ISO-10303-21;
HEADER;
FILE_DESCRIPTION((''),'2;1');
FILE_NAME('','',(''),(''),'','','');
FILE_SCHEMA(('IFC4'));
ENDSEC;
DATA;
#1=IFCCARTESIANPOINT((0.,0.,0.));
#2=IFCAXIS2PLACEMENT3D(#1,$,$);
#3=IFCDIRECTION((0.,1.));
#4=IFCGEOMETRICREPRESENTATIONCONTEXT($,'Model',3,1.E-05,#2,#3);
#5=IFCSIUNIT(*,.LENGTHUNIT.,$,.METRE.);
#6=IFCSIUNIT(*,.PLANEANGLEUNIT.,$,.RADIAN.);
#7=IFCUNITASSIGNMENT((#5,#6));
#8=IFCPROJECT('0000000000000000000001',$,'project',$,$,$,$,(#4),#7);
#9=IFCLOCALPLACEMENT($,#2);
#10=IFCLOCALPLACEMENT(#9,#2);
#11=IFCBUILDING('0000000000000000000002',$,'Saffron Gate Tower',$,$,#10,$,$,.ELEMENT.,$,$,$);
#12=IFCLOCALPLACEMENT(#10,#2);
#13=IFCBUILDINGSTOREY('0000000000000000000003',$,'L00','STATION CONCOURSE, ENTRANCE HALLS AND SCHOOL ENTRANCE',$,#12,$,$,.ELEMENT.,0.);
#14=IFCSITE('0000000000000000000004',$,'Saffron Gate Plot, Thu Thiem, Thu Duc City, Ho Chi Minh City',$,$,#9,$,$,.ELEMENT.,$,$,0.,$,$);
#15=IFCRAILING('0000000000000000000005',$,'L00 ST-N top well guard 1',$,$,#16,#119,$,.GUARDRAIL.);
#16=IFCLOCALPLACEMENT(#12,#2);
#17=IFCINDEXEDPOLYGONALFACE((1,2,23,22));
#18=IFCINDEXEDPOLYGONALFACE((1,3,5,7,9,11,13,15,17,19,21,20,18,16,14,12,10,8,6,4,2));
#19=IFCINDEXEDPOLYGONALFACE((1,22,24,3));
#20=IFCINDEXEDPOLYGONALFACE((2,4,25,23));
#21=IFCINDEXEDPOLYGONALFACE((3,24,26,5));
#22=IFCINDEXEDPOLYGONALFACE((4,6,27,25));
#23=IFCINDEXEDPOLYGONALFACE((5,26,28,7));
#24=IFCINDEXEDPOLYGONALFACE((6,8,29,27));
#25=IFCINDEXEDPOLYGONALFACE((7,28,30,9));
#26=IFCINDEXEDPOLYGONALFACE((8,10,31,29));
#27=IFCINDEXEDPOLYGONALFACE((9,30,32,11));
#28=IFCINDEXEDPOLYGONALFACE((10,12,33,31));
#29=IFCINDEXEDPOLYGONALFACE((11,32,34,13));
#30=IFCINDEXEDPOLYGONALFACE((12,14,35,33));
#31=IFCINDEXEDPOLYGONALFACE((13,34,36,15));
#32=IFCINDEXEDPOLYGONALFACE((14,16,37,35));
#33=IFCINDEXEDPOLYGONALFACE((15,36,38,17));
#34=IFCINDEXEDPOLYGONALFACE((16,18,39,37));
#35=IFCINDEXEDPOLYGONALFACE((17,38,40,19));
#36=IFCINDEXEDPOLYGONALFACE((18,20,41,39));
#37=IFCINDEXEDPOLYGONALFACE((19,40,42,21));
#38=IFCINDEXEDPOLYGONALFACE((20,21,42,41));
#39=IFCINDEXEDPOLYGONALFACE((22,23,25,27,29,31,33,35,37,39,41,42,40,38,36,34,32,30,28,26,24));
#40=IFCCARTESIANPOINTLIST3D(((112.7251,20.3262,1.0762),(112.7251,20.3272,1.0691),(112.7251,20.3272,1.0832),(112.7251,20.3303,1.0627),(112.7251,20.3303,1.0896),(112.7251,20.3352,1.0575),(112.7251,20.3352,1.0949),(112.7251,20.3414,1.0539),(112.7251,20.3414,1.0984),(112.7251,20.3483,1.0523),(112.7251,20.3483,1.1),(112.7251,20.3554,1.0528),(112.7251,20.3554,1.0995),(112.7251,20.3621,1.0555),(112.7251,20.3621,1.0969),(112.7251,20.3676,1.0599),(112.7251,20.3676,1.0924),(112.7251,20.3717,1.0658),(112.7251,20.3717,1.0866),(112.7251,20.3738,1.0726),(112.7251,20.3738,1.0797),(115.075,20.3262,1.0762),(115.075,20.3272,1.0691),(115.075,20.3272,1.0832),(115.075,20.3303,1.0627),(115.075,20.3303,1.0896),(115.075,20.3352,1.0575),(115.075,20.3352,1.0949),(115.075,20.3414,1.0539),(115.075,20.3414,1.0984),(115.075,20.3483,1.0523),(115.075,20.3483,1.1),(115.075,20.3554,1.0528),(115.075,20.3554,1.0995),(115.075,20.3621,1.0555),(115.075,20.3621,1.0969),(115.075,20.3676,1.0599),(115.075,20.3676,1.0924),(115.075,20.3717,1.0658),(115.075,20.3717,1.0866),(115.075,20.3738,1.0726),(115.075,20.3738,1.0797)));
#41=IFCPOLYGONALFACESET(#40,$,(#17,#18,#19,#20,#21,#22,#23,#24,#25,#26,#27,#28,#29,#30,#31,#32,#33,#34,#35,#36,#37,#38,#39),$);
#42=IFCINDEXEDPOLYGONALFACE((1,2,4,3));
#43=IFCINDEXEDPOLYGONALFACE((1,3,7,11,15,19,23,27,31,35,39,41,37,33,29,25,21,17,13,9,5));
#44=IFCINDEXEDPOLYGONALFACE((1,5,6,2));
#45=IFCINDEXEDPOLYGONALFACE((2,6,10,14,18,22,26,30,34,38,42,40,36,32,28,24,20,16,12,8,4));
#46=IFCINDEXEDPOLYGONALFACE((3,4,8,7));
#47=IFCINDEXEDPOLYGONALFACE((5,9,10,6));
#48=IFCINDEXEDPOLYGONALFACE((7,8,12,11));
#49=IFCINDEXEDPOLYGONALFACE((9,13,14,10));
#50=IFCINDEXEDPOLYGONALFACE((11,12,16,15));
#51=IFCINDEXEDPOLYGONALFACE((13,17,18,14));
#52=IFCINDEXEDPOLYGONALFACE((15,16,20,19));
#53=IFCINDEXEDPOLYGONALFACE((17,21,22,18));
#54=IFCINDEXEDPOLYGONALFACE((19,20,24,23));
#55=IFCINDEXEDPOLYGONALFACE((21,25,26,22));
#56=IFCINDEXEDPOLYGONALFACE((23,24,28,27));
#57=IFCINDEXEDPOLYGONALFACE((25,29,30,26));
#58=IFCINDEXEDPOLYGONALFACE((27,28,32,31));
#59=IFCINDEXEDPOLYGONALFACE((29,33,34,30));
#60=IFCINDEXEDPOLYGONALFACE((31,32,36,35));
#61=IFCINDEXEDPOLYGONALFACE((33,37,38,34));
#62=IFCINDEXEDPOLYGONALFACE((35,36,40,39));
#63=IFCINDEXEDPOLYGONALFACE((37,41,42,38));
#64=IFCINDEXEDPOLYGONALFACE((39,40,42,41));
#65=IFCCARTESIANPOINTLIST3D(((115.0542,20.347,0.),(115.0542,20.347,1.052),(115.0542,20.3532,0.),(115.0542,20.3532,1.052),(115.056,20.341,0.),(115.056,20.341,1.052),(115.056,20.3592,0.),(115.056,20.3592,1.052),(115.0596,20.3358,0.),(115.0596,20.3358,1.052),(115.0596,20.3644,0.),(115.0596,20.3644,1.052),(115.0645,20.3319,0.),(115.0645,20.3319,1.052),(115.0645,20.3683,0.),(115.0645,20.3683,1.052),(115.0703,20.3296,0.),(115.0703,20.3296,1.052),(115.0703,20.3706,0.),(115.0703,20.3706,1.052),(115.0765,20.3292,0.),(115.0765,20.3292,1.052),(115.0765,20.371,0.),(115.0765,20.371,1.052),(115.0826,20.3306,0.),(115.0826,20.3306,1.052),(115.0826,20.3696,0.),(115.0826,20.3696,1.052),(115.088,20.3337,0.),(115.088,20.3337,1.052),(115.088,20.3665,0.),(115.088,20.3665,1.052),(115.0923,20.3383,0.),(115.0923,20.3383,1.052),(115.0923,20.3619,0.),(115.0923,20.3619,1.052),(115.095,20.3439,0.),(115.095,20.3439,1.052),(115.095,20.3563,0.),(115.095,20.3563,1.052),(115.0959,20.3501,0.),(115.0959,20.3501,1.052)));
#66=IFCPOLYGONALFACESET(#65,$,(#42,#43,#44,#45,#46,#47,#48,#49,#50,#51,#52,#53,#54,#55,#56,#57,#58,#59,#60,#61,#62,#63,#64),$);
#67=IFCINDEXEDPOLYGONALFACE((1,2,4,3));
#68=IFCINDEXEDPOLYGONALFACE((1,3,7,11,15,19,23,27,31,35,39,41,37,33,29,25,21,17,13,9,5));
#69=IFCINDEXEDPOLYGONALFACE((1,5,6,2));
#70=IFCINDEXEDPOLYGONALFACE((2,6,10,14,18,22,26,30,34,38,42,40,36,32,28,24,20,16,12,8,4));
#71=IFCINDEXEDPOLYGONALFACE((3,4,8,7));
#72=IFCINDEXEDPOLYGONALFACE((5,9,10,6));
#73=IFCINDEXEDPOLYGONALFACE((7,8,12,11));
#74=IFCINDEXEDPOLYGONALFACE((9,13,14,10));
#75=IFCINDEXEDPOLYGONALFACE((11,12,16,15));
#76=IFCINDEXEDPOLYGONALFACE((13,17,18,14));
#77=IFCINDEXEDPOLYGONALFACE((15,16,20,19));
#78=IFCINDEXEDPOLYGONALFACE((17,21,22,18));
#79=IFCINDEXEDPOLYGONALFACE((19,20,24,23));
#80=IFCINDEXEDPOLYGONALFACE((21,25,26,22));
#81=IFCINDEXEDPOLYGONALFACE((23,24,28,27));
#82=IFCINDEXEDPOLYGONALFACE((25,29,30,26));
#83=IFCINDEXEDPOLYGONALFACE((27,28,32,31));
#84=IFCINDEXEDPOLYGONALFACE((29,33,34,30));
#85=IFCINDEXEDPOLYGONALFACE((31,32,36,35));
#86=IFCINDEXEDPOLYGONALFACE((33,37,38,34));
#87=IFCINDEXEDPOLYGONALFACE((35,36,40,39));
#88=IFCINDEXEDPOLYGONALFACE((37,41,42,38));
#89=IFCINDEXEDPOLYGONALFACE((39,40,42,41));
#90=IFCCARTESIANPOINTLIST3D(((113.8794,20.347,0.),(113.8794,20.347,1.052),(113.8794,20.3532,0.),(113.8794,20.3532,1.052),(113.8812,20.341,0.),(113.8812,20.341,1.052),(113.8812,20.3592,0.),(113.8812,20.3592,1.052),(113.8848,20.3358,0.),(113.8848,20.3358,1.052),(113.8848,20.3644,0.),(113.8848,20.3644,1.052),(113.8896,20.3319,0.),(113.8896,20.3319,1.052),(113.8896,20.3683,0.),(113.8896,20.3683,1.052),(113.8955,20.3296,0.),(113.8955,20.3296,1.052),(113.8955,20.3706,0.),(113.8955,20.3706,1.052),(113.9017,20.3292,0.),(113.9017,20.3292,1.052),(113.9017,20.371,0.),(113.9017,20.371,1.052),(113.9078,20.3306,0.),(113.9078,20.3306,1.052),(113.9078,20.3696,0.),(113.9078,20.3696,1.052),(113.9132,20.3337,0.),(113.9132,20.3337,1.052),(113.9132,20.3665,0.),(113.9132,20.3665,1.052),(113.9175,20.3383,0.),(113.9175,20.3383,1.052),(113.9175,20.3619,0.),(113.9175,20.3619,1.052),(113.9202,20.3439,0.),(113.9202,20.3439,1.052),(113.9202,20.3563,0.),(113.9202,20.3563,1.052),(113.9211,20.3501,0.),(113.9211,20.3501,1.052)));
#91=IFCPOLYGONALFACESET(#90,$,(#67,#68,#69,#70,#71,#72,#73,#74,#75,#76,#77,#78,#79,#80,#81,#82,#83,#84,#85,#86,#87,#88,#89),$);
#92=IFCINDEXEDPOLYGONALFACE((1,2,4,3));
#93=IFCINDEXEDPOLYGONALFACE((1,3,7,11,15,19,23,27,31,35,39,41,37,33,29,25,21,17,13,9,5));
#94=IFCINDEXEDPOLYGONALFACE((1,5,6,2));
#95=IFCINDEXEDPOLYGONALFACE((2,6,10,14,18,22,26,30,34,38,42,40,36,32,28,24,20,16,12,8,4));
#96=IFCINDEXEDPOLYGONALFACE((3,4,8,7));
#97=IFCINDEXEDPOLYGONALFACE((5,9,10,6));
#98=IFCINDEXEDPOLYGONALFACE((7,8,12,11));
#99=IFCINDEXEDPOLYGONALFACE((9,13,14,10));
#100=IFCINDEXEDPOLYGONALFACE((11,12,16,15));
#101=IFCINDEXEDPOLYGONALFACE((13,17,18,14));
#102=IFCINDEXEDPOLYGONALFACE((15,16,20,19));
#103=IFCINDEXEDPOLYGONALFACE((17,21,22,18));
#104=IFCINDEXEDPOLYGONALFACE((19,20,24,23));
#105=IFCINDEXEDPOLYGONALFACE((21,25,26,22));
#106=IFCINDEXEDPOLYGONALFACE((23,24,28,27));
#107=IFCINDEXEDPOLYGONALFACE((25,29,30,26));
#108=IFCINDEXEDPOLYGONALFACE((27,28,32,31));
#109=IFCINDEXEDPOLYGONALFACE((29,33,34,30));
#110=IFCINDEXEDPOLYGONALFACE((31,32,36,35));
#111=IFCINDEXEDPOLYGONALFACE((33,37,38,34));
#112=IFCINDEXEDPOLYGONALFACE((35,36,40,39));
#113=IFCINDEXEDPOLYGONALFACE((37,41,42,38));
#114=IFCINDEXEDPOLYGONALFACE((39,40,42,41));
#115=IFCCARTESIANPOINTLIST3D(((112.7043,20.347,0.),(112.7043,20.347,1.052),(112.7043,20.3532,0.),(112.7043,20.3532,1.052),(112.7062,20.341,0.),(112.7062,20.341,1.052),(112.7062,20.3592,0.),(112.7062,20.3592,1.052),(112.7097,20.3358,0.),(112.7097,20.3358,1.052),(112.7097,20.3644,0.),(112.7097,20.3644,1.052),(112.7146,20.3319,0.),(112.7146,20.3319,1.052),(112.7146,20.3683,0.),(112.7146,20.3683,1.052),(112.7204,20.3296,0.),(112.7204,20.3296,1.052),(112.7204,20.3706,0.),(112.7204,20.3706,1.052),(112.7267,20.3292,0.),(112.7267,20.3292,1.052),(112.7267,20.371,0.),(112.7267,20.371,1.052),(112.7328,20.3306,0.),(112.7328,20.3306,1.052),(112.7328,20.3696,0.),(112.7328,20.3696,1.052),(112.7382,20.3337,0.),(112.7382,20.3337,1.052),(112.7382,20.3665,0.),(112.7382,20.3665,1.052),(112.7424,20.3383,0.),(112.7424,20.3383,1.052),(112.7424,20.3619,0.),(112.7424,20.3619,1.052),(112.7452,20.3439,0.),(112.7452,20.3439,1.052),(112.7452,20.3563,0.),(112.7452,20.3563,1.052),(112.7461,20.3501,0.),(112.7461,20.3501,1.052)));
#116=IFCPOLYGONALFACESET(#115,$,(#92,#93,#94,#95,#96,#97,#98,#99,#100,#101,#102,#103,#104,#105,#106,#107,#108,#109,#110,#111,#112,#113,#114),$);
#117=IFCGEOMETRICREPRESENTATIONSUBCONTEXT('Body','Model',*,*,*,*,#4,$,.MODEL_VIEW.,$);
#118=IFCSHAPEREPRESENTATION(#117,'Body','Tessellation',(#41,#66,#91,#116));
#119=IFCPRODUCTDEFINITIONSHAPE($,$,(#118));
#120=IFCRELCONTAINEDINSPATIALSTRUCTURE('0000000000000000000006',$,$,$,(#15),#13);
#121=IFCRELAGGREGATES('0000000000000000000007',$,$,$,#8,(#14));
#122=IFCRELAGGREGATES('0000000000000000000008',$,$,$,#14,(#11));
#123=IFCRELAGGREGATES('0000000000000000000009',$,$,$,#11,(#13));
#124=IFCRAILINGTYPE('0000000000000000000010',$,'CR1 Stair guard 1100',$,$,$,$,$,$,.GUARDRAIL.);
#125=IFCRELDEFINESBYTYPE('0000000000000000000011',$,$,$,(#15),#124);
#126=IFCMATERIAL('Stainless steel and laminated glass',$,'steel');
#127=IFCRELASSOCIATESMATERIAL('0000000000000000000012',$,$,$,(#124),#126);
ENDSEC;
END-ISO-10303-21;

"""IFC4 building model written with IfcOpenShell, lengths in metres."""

from ifc_helpers import new_model, si_unit, direction, frame, origin, origin_2d, place, context, subcontext, project, spatial, circle, extrude, material, type_object, element, save


model = new_model("IFC4")

# Units and contexts
model_context = context("Model", 3, precision=1e-05, world=origin(), true_north=direction((0.0, 1.0)))
body_context = subcontext(model_context, "Body", "Model", "MODEL_VIEW")
ifc_project = project(units=[si_unit("LENGTHUNIT", "METRE"), si_unit("PLANEANGLEUNIT", "RADIAN")], contexts=[model_context])

# Site, building, storey
site_placement = place(None, origin())
site = spatial("IfcSite", under=ifc_project, at=site_placement, Name="Saffron Gate Plot, Thu Thiem, Thu Duc City, Ho Chi Minh City", CompositionType="ELEMENT", RefElevation=0.0)
building_placement = place(site_placement, origin())
building = spatial("IfcBuilding", under=site, at=building_placement, Name="Saffron Gate Tower", CompositionType="ELEMENT")
storey_placement = place(building_placement, origin())
storey = spatial("IfcBuildingStorey", under=building, at=storey_placement, Name="L00", Description="STATION CONCOURSE, ENTRANCE HALLS AND SCHOOL ENTRANCE", CompositionType="ELEMENT", Elevation=0.0)

# Railing
ifc_material_1 = material(Name="Stainless steel and laminated glass", Category="steel")
railing_type = type_object("IfcRailingType", Name="CR1 Stair guard 1100", PredefinedType="GUARDRAIL", material=ifc_material_1)
railing_1_placement = place(storey_placement, frame((115.075, 20.3501, 0.0)))
element("IfcRailing", 1, at=railing_1_placement, inside=storey, type_object=railing_type, Name="L00 ST-N top well guard 1", PredefinedType="GUARDRAIL", context=body_context, shape_type="SweptSolid", body=[
    extrude(circle(Radius=0.0239, at=origin_2d()), frame((0.0, 0.0, 1.0762), z_axis=(-1.0, 0.0, 0.0), x_axis=(0.0, -1.0, 0.0)), (0.0, 0.0, 1.0), 2.3499),
    extrude(circle(Radius=0.021, at=origin_2d()), origin(), (0.0, 0.0, 1.0), 1.052),
    extrude(circle(Radius=0.021, at=origin_2d()), frame((-1.1748, 0.0, 0.0)), (0.0, 0.0, 1.0), 1.052),
    extrude(circle(Radius=0.021, at=origin_2d()), frame((-2.3499, 0.0, 0.0)), (0.0, 0.0, 1.0), 1.052),
])

save(model, "model.ifc")
